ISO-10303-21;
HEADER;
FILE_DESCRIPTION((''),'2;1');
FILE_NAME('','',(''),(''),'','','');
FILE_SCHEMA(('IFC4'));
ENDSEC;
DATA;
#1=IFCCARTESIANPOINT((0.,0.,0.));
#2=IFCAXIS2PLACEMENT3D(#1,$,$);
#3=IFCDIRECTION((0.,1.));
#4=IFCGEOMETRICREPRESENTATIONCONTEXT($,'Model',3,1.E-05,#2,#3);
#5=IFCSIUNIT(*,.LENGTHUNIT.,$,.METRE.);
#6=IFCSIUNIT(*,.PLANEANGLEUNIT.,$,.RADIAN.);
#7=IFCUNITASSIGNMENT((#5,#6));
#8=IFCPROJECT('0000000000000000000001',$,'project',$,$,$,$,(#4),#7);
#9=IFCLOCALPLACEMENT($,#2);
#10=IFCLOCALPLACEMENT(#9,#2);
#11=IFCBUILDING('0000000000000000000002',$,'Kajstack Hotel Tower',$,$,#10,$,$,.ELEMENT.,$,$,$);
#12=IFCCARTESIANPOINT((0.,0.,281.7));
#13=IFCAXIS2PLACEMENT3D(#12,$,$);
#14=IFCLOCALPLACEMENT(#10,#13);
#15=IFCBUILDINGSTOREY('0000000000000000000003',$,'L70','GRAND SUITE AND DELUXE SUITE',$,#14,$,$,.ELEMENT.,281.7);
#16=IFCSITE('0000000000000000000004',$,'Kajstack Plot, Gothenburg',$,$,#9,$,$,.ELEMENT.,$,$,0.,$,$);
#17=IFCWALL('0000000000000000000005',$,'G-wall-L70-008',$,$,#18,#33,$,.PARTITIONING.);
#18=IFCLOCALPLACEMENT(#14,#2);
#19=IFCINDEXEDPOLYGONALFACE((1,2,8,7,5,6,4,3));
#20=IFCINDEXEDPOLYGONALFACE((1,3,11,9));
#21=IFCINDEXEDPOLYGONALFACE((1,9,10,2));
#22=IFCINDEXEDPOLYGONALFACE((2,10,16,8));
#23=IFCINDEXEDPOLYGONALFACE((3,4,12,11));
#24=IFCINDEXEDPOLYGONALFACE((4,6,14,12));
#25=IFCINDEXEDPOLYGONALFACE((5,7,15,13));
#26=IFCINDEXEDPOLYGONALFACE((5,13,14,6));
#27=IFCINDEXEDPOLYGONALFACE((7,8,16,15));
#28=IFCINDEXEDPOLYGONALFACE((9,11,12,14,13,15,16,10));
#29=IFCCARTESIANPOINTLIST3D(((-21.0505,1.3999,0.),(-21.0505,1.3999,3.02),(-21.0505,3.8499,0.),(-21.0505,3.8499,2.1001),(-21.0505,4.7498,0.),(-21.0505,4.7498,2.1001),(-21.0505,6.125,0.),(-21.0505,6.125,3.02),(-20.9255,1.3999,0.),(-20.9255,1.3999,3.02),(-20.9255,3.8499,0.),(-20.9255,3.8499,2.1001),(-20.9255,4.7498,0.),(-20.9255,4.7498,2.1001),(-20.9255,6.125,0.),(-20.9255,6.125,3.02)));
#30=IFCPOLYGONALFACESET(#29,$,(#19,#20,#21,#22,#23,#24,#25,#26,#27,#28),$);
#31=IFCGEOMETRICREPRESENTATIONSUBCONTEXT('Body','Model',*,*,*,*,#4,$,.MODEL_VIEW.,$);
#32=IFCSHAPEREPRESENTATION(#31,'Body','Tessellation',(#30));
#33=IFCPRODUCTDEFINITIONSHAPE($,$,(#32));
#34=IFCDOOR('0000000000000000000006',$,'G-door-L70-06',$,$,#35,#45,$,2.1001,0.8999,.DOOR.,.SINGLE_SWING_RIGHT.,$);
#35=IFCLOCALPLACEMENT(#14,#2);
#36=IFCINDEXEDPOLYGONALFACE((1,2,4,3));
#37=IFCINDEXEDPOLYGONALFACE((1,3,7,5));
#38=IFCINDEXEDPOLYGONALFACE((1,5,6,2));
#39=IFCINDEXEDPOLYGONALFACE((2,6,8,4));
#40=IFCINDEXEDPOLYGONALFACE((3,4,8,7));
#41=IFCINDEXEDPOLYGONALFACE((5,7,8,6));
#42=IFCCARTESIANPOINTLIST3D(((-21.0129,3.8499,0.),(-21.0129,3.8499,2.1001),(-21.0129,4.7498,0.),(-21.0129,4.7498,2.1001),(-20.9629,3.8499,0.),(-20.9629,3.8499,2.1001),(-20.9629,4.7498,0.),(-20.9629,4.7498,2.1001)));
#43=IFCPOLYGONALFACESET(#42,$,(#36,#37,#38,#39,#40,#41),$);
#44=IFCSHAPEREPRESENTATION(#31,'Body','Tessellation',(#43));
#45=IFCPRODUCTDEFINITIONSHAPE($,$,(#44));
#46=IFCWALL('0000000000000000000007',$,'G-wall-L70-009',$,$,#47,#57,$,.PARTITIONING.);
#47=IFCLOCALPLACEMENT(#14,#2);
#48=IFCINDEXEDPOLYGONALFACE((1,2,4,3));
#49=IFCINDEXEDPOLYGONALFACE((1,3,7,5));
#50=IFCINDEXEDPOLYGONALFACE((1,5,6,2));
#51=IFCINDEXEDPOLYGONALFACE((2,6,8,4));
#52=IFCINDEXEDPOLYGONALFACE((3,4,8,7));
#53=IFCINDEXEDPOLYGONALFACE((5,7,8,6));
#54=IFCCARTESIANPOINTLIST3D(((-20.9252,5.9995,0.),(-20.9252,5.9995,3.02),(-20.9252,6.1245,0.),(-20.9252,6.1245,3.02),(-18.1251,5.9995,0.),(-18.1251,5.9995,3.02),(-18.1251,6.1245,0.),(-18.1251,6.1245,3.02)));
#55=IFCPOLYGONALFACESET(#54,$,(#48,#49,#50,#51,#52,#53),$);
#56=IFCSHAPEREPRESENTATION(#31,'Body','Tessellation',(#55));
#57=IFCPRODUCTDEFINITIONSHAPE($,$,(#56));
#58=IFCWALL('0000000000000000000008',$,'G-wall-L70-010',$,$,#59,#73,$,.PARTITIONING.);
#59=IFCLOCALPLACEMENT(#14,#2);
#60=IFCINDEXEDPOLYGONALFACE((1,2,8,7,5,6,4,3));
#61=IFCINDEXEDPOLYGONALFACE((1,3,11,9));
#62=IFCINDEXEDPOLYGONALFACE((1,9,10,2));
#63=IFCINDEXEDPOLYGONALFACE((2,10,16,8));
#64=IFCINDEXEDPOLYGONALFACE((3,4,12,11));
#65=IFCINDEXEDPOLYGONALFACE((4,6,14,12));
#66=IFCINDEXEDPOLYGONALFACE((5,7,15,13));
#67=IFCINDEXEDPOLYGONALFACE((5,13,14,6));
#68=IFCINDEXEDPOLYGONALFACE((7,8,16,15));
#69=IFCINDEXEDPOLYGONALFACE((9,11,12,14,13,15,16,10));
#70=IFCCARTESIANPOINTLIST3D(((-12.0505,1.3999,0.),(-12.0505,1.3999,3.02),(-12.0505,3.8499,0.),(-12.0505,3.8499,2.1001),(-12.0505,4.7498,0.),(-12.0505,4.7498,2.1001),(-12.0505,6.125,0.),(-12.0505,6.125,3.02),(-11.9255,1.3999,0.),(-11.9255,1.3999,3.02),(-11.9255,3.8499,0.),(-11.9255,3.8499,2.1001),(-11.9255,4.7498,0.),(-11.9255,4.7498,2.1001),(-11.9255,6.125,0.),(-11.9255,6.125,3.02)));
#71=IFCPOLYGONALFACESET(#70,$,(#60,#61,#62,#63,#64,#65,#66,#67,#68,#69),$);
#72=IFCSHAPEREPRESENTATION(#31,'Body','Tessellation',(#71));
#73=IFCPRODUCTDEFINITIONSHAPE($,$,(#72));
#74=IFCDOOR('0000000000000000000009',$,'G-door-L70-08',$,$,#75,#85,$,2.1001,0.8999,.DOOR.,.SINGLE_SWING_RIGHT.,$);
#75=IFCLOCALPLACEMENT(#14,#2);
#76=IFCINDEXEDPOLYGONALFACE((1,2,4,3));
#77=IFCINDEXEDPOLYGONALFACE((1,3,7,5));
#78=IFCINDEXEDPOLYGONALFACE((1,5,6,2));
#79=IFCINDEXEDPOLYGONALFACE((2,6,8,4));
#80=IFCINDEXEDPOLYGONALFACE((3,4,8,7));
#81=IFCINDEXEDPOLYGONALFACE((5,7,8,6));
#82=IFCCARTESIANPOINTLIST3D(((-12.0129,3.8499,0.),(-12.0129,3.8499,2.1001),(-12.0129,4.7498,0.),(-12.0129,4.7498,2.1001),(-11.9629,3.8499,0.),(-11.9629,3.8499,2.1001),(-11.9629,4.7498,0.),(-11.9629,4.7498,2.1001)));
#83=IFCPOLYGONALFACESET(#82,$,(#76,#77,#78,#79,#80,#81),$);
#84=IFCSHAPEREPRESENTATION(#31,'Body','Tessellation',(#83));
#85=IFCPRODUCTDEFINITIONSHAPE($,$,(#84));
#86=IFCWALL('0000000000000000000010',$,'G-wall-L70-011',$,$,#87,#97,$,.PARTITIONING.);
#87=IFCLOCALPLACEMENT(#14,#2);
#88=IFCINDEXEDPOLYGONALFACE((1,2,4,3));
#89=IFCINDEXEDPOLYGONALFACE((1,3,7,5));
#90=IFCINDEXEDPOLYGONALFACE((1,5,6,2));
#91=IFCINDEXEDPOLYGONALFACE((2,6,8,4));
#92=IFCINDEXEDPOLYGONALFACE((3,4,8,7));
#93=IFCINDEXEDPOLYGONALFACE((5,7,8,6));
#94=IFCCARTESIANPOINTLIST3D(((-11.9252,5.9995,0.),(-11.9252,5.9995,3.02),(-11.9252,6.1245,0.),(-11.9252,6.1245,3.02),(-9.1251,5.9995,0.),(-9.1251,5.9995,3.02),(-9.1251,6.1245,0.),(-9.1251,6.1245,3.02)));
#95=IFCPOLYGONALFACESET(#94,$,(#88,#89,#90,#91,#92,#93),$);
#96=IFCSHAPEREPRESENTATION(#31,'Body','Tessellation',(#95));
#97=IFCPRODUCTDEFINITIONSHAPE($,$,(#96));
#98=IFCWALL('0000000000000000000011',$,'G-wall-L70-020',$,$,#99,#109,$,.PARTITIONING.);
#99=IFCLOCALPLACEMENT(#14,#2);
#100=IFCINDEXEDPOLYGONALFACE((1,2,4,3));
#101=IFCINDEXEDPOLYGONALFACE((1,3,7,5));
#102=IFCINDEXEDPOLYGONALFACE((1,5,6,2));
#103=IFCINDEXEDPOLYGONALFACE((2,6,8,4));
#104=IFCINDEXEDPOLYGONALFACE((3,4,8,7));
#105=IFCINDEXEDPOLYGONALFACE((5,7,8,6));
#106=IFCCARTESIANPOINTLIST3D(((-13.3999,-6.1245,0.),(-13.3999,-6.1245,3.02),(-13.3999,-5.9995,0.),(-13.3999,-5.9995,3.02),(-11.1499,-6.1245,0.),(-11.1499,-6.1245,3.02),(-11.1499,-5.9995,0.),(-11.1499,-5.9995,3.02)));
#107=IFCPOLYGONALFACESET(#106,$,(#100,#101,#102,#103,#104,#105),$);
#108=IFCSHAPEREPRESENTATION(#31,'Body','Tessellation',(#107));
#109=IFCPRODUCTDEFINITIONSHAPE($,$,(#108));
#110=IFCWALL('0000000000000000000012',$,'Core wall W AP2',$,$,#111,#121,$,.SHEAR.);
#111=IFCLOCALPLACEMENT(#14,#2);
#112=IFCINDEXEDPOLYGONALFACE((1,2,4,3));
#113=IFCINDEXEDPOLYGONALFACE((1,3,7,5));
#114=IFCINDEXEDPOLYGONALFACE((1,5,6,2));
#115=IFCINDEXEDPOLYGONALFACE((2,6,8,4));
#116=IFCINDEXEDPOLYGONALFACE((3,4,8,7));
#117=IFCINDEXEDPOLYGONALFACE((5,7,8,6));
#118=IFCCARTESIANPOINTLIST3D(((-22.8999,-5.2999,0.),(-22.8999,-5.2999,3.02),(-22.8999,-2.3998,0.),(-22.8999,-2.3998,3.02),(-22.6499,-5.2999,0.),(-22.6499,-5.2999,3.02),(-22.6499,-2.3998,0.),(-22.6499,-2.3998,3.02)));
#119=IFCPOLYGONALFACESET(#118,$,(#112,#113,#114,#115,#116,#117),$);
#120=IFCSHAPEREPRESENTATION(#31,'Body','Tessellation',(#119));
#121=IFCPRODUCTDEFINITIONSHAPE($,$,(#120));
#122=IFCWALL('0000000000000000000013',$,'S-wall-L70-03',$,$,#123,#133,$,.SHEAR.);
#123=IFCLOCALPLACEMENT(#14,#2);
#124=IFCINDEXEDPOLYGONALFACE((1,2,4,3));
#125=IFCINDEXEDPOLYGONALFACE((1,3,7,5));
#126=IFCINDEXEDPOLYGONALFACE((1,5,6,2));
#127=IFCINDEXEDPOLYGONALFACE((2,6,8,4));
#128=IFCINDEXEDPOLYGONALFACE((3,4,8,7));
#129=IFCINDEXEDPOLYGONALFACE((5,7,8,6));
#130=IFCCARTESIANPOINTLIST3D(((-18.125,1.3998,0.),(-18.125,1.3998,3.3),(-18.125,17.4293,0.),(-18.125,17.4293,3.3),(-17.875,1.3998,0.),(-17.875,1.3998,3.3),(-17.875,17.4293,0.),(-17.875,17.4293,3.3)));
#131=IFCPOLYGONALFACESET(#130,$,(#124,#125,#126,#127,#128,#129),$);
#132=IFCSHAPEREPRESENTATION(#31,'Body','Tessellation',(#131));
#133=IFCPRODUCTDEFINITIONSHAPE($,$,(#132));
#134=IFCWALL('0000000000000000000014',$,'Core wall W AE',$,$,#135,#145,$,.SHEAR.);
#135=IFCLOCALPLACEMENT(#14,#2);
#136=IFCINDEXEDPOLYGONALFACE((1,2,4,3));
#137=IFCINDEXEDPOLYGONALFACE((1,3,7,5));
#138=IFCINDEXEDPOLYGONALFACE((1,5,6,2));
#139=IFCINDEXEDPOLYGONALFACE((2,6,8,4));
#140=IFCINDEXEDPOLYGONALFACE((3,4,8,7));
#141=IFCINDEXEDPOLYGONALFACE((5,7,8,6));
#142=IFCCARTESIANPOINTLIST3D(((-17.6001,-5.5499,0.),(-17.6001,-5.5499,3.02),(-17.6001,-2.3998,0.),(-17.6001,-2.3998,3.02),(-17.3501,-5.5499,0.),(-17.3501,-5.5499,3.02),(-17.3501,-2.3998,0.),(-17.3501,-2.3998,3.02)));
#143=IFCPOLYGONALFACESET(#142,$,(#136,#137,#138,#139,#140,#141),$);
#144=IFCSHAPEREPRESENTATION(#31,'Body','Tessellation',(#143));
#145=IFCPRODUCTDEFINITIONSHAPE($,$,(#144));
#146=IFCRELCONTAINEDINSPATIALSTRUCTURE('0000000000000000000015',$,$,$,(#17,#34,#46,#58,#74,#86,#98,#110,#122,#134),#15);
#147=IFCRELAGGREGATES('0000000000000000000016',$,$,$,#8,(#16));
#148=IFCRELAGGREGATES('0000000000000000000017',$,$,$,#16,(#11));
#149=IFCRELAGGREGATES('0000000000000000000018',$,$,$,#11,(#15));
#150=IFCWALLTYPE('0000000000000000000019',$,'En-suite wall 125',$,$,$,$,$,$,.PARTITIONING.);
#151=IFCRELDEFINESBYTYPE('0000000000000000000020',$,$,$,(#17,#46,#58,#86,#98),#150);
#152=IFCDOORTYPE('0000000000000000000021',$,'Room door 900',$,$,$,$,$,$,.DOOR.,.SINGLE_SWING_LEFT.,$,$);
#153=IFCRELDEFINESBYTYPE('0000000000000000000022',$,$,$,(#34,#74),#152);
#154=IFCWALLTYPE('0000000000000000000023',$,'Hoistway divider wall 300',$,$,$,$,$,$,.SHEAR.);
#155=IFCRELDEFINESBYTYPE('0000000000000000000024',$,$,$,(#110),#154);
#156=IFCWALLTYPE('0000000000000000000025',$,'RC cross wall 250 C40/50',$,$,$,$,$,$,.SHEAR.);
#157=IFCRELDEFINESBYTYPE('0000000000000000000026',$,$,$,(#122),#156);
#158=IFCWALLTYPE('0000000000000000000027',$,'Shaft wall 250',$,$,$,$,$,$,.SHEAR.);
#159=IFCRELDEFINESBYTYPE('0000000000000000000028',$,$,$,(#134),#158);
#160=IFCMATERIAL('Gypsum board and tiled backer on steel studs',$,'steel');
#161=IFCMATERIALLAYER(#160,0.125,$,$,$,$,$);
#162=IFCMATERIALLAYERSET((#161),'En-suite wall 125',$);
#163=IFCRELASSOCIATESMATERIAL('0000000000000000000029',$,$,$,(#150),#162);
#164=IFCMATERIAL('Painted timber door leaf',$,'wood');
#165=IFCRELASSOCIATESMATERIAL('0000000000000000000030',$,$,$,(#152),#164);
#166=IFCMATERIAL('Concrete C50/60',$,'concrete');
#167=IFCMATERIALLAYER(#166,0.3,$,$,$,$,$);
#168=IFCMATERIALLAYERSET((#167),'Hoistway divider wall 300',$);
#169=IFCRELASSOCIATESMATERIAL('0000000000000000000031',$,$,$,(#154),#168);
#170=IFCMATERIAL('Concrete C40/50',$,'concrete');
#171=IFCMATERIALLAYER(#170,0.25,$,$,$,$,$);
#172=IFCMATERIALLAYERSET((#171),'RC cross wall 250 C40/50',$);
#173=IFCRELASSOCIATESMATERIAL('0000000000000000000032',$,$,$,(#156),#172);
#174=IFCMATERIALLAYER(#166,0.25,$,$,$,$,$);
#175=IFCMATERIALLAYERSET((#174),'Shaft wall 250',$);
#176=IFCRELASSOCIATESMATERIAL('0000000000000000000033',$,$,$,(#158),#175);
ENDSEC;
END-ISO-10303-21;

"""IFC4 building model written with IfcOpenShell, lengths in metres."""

from ifc_helpers import new_model, si_unit, direction, frame, frame_2d, origin, place, context, subcontext, project, spatial, rectangle, extrude, material, layer, layer_set, type_object, element, fill, save


model = new_model("IFC4")

# Units and contexts
model_context = context("Model", 3, precision=1e-05, world=origin(), true_north=direction((0.0, 1.0)))
body_context = subcontext(model_context, "Body", "Model", "MODEL_VIEW")
ifc_project = project(units=[si_unit("LENGTHUNIT", "METRE"), si_unit("PLANEANGLEUNIT", "RADIAN")], contexts=[model_context])

# Site, building, storey
site_placement = place(None, origin())
site = spatial("IfcSite", under=ifc_project, at=site_placement, Name="Kajstack Plot, Gothenburg", CompositionType="ELEMENT", RefElevation=0.0)
building_placement = place(site_placement, origin())
building = spatial("IfcBuilding", under=site, at=building_placement, Name="Kajstack Hotel Tower", CompositionType="ELEMENT")
storey_placement = place(building_placement, frame((0.0, 0.0, 281.7)))
storey = spatial("IfcBuildingStorey", under=building, at=storey_placement, Name="L70", Description="GRAND SUITE AND DELUXE SUITE", CompositionType="ELEMENT", Elevation=281.7)

# Wall, opening, door
ifc_material_1 = material(Name="Gypsum board and tiled backer on steel studs", Category="steel")
ifc_layer_1 = layer(ifc_material_1, 0.125)
ifc_layer_set_1 = layer_set([ifc_layer_1], Name="En-suite wall 125")
wall_type_1 = type_object("IfcWallType", Name="En-suite wall 125", PredefinedType="PARTITIONING", material=ifc_layer_set_1)
wall_1_placement = place(storey_placement, frame((-20.988, 1.3999, 0.0), z_axis=(0.0, 0.0, 1.0), x_axis=(0.0, 1.0, 0.0)))
wall_1 = element("IfcWall", 1, at=wall_1_placement, inside=storey, type_object=wall_type_1, Name="G-wall-L70-008", PredefinedType="PARTITIONING", context=body_context, shape_type="SweptSolid", body=[
    extrude(rectangle(XDim=4.7251, YDim=0.125, at=frame_2d((2.3625, 0.0))), origin(), (0.0, 0.0, 1.0), 3.02),
])
opening_1_placement = place(wall_1_placement, frame((2.45, 0.0, 0.0)))
opening_1 = element("IfcOpeningElement", 2, at=opening_1_placement, cuts=wall_1, PredefinedType="OPENING", context=body_context, shape_type="SweptSolid", body=[
    extrude(rectangle(XDim=0.8999, YDim=2.1001, at=frame_2d((0.45, 1.05))), frame((0.0, 0.0725, 0.0), z_axis=(0.0, -1.0, 0.0), x_axis=(1.0, 0.0, 0.0)), (0.0, 0.0, 1.0), 0.145),
])
ifc_material_2 = material(Name="Painted timber door leaf", Category="wood")
door_type_1 = type_object("IfcDoorType", Name="Room door 900", OperationType="SINGLE_SWING_LEFT", PredefinedType="DOOR", material=ifc_material_2)
door_1_placement = place(opening_1_placement, origin())
door_1 = element("IfcDoor", 3, at=door_1_placement, inside=storey, type_object=door_type_1, Name="G-door-L70-06", OperationType="SINGLE_SWING_RIGHT", OverallHeight=2.1001, OverallWidth=0.8999, PredefinedType="DOOR", context=body_context, shape_type="SweptSolid", body=[
    extrude(rectangle(XDim=0.8999, YDim=2.1001, at=frame_2d((0.45, 1.05))), frame((0.0, 0.0249, 0.0), z_axis=(0.0, -1.0, 0.0), x_axis=(1.0, 0.0, 0.0)), (0.0, 0.0, 1.0), 0.05),
])
fill(opening_1, door_1)

# Wall
wall_2_placement = place(storey_placement, frame((-20.925, 6.062, 0.0), z_axis=(0.0, 0.0, 1.0), x_axis=(1.0, 0.0, 0.0)))
element("IfcWall", 4, at=wall_2_placement, inside=storey, type_object=wall_type_1, Name="G-wall-L70-009", PredefinedType="PARTITIONING", context=body_context, shape_type="SweptSolid", body=[
    extrude(rectangle(XDim=2.8, YDim=0.125, at=frame_2d((1.3999, 0.0))), origin(), (0.0, 0.0, 1.0), 3.02),
])

# Wall, opening, door
wall_3_placement = place(storey_placement, frame((-11.988, 1.3999, 0.0), z_axis=(0.0, 0.0, 1.0), x_axis=(0.0, 1.0, 0.0)))
wall_3 = element("IfcWall", 5, at=wall_3_placement, inside=storey, type_object=wall_type_1, Name="G-wall-L70-010", PredefinedType="PARTITIONING", context=body_context, shape_type="SweptSolid", body=[
    extrude(rectangle(XDim=4.7251, YDim=0.125, at=frame_2d((2.3625, 0.0))), origin(), (0.0, 0.0, 1.0), 3.02),
])
opening_2_placement = place(wall_3_placement, frame((2.45, 0.0, 0.0)))
opening_2 = element("IfcOpeningElement", 6, at=opening_2_placement, cuts=wall_3, PredefinedType="OPENING", context=body_context, shape_type="SweptSolid", body=[
    extrude(rectangle(XDim=0.8999, YDim=2.1001, at=frame_2d((0.45, 1.05))), frame((0.0, 0.0725, 0.0), z_axis=(0.0, -1.0, 0.0), x_axis=(1.0, 0.0, 0.0)), (0.0, 0.0, 1.0), 0.145),
])
door_2_placement = place(opening_2_placement, origin())
door_2 = element("IfcDoor", 7, at=door_2_placement, inside=storey, type_object=door_type_1, Name="G-door-L70-08", OperationType="SINGLE_SWING_RIGHT", OverallHeight=2.1001, OverallWidth=0.8999, PredefinedType="DOOR", context=body_context, shape_type="SweptSolid", body=[
    extrude(rectangle(XDim=0.8999, YDim=2.1001, at=frame_2d((0.45, 1.05))), frame((0.0, 0.0249, 0.0), z_axis=(0.0, -1.0, 0.0), x_axis=(1.0, 0.0, 0.0)), (0.0, 0.0, 1.0), 0.05),
])
fill(opening_2, door_2)

# Walls
wall_4_placement = place(storey_placement, frame((-11.925, 6.062, 0.0), z_axis=(0.0, 0.0, 1.0), x_axis=(1.0, 0.0, 0.0)))
element("IfcWall", 8, at=wall_4_placement, inside=storey, type_object=wall_type_1, Name="G-wall-L70-011", PredefinedType="PARTITIONING", context=body_context, shape_type="SweptSolid", body=[
    extrude(rectangle(XDim=2.8, YDim=0.125, at=frame_2d((1.3999, 0.0))), origin(), (0.0, 0.0, 1.0), 3.02),
])
wall_5_placement = place(storey_placement, frame((-13.3999, -6.062, 0.0), z_axis=(0.0, 0.0, 1.0), x_axis=(1.0, 0.0, 0.0)))
element("IfcWall", 9, at=wall_5_placement, inside=storey, type_object=wall_type_1, Name="G-wall-L70-020", PredefinedType="PARTITIONING", context=body_context, shape_type="SweptSolid", body=[
    extrude(rectangle(XDim=2.25, YDim=0.125, at=frame_2d((1.125, 0.0))), origin(), (0.0, 0.0, 1.0), 3.02),
])
ifc_material_3 = material(Name="Concrete C50/60", Category="concrete")
ifc_layer_2 = layer(ifc_material_3, 0.3)
ifc_layer_set_2 = layer_set([ifc_layer_2], Name="Hoistway divider wall 300")
wall_type_2 = type_object("IfcWallType", Name="Hoistway divider wall 300", PredefinedType="SHEAR", material=ifc_layer_set_2)
wall_6_placement = place(storey_placement, frame((-22.7749, -5.3, 0.0), z_axis=(0.0, 0.0, 1.0), x_axis=(0.0, 1.0, 0.0)))
element("IfcWall", 10, at=wall_6_placement, inside=storey, type_object=wall_type_2, Name="Core wall W AP2", PredefinedType="SHEAR", context=body_context, shape_type="SweptSolid", body=[
    extrude(rectangle(XDim=2.9001, YDim=0.25, at=frame_2d((1.4502, 0.0))), origin(), (0.0, 0.0, 1.0), 3.02),
])
ifc_material_4 = material(Name="Concrete C40/50", Category="concrete")
ifc_layer_3 = layer(ifc_material_4, 0.25)
ifc_layer_set_3 = layer_set([ifc_layer_3], Name="RC cross wall 250 C40/50")
wall_type_3 = type_object("IfcWallType", Name="RC cross wall 250 C40/50", PredefinedType="SHEAR", material=ifc_layer_set_3)
wall_7_placement = place(storey_placement, frame((-18.0, 1.3999, 0.0), z_axis=(0.0, 0.0, 1.0), x_axis=(0.0, 1.0, 0.0)))
element("IfcWall", 11, at=wall_7_placement, inside=storey, type_object=wall_type_3, Name="S-wall-L70-03", PredefinedType="SHEAR", context=body_context, shape_type="SweptSolid", body=[
    extrude(rectangle(XDim=16.0295, YDim=0.25, at=frame_2d((8.0146, 0.0))), origin(), (0.0, 0.0, 1.0), 3.3),
])
ifc_layer_4 = layer(ifc_material_3, 0.25)
ifc_layer_set_4 = layer_set([ifc_layer_4], Name="Shaft wall 250")
wall_type_4 = type_object("IfcWallType", Name="Shaft wall 250", PredefinedType="SHEAR", material=ifc_layer_set_4)
wall_8_placement = place(storey_placement, frame((-17.4751, -5.55, 0.0), z_axis=(0.0, 0.0, 1.0), x_axis=(0.0, 1.0, 0.0)))
element("IfcWall", 12, at=wall_8_placement, inside=storey, type_object=wall_type_4, Name="Core wall W AE", PredefinedType="SHEAR", context=body_context, shape_type="SweptSolid", body=[
    extrude(rectangle(XDim=3.1501, YDim=0.25, at=frame_2d((1.5752, 0.0))), origin(), (0.0, 0.0, 1.0), 3.02),
])

save(model, "model.ifc")
